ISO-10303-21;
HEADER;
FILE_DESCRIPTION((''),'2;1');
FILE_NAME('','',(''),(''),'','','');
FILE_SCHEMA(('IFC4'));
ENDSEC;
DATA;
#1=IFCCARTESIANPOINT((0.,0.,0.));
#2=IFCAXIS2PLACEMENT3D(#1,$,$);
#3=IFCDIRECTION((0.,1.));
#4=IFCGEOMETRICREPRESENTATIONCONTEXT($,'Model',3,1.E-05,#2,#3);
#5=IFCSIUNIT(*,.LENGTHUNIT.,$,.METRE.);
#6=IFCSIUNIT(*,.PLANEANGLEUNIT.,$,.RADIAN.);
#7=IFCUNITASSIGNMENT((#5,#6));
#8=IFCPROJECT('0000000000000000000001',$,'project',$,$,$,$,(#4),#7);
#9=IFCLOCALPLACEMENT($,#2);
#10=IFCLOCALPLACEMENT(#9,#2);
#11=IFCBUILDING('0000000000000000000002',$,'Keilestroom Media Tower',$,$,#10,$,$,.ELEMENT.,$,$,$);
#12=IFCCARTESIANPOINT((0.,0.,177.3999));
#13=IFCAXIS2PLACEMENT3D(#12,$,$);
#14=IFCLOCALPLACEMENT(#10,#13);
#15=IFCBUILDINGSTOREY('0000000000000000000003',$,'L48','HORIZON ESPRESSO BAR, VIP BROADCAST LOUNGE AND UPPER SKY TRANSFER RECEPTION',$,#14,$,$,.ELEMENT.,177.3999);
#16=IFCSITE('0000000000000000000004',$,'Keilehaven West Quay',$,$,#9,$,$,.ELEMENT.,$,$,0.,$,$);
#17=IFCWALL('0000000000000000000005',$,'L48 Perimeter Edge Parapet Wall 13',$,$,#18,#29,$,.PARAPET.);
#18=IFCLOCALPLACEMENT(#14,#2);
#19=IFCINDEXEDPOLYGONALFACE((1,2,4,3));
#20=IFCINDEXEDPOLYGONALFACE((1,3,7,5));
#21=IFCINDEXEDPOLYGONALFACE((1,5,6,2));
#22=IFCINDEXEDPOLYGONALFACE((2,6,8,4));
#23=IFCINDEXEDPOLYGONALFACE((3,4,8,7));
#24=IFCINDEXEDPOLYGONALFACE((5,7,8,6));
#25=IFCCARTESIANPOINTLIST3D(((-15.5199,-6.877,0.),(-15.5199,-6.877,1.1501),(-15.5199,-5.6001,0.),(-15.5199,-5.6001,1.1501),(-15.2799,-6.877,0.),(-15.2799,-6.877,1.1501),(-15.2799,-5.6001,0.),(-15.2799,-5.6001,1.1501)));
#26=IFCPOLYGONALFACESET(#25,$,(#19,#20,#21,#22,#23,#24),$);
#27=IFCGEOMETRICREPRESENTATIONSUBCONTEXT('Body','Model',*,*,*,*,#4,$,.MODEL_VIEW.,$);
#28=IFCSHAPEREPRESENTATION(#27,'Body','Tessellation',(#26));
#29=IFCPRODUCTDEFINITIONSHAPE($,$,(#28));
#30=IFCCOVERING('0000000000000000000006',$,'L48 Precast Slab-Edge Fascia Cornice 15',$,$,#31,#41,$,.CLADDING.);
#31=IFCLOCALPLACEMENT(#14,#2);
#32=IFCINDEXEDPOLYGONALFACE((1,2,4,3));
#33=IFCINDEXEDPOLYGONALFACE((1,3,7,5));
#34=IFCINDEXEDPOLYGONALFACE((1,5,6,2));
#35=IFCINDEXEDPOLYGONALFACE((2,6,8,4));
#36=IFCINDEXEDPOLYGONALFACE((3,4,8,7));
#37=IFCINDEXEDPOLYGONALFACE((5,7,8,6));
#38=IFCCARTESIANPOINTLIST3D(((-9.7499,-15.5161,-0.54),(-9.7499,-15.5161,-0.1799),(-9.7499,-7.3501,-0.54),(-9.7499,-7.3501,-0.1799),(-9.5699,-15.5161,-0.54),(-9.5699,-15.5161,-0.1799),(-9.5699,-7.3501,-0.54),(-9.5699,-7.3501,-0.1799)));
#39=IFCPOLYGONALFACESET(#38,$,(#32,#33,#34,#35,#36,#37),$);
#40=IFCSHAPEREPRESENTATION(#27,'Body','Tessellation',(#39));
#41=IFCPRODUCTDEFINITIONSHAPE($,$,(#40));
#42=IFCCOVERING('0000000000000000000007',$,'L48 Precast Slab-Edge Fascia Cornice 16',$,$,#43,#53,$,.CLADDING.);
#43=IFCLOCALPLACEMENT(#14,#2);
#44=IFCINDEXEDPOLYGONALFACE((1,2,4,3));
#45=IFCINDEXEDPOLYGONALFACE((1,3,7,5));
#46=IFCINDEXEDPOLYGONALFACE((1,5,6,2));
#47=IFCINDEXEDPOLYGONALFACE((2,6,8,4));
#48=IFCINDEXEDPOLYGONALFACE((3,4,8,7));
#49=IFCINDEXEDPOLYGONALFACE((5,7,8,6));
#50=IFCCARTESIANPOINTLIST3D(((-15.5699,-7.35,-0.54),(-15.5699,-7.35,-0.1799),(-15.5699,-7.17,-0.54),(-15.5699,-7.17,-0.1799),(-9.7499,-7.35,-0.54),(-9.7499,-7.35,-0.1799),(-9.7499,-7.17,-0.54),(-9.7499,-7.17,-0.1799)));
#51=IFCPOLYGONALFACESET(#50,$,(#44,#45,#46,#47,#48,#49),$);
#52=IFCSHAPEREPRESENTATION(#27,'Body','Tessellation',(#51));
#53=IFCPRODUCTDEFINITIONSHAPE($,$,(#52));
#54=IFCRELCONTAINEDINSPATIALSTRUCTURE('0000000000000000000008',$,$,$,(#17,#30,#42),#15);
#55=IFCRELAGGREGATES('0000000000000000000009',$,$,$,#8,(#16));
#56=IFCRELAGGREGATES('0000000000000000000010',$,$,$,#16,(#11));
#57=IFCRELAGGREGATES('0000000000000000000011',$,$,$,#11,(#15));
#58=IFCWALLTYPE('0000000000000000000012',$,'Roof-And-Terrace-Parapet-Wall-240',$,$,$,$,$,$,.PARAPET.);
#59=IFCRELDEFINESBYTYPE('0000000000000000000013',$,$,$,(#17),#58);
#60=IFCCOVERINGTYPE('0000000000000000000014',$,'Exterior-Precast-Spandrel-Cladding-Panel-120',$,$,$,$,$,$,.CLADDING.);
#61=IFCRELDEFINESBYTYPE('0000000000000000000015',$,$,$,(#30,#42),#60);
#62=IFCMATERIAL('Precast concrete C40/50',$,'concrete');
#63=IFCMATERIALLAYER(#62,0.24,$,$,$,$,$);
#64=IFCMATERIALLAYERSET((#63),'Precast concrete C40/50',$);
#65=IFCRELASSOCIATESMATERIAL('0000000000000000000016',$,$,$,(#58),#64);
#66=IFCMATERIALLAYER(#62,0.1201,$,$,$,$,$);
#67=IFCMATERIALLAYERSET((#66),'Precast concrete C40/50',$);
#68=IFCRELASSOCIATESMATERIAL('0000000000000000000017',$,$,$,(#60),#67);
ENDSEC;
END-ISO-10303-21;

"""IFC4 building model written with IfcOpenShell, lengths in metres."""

from ifc_helpers import new_model, si_unit, direction, frame, frame_2d, origin, origin_2d, place, context, subcontext, project, spatial, rectangle, extrude, source, transform, mapped, material, layer, layer_set, type_object, element, save


model = new_model("IFC4")

# Units and contexts
model_context = context("Model", 3, precision=1e-05, world=origin(), true_north=direction((0.0, 1.0)))
body_context = subcontext(model_context, "Body", "Model", "MODEL_VIEW")
ifc_project = project(units=[si_unit("LENGTHUNIT", "METRE"), si_unit("PLANEANGLEUNIT", "RADIAN")], contexts=[model_context])

# Site, building, storey
site_placement = place(None, origin())
site = spatial("IfcSite", under=ifc_project, at=site_placement, Name="Keilehaven West Quay", CompositionType="ELEMENT", RefElevation=0.0)
building_placement = place(site_placement, origin())
building = spatial("IfcBuilding", under=site, at=building_placement, Name="Keilestroom Media Tower", CompositionType="ELEMENT")
storey_placement = place(building_placement, frame((0.0, 0.0, 177.3999)))
storey = spatial("IfcBuildingStorey", under=building, at=storey_placement, Name="L48", Description="HORIZON ESPRESSO BAR, VIP BROADCAST LOUNGE AND UPPER SKY TRANSFER RECEPTION", CompositionType="ELEMENT", Elevation=177.3999)

# Shared definitions
ifc_material_1 = material(Name="Precast concrete C40/50", Category="concrete")

# Wall
ifc_layer_1 = layer(ifc_material_1, 0.24)
ifc_layer_set_1 = layer_set([ifc_layer_1], Name="Precast concrete C40/50")
wall_type_1 = type_object("IfcWallType", Name="Roof-And-Terrace-Parapet-Wall-240", PredefinedType="PARAPET", material=ifc_layer_set_1)
wall_1_placement = place(storey_placement, frame((-15.3999, -6.877, 0.0), z_axis=(0.0, 0.0, 1.0), x_axis=(0.0, 1.0, 0.0)))
element("IfcWall", 1, at=wall_1_placement, inside=storey, type_object=wall_type_1, Name="L48 Perimeter Edge Parapet Wall 13", PredefinedType="PARAPET", context=body_context, shape_type="SweptSolid", body=[
    extrude(rectangle(XDim=1.2769, YDim=0.24, at=frame_2d((0.6384, 0.0))), origin(), (0.0, 0.0, 1.0), 1.1501),
])

# Coverings
ifc_layer_2 = layer(ifc_material_1, 0.1201)
ifc_layer_set_2 = layer_set([ifc_layer_2], Name="Precast concrete C40/50")
covering_type = type_object("IfcCoveringType", Name="Exterior-Precast-Spandrel-Cladding-Panel-120", PredefinedType="CLADDING", material=ifc_layer_set_2)
shared_shape_1 = source(origin(), body_context, "Body", "SweptSolid", [
    extrude(rectangle(XDim=8.166, YDim=0.1799, at=origin_2d()), origin(), (0.0, 0.0, 1.0), 0.3601),
])
covering_1_placement = place(storey_placement, frame((-9.6599, -11.4331, -0.54), z_axis=(0.0, 0.0, 1.0), x_axis=(0.0, 1.0, 0.0)))
element("IfcCovering", 2, at=covering_1_placement, inside=storey, type_object=covering_type, Name="L48 Precast Slab-Edge Fascia Cornice 15", PredefinedType="CLADDING", context=body_context, shape_type="MappedRepresentation", body=[
    mapped(shared_shape_1, transform((0.0, 0.0, 0.0), x_axis=(1.0, 0.0, 0.0), y_axis=(0.0, 1.0, 0.0), z_axis=(0.0, 0.0, 1.0), scale=1.0)),
])
shared_shape_2 = source(origin(), body_context, "Body", "SweptSolid", [
    extrude(rectangle(XDim=5.8201, YDim=0.1799, at=origin_2d()), origin(), (0.0, 0.0, 1.0), 0.3601),
])
covering_2_placement = place(storey_placement, frame((-12.6599, -7.26, -0.54), z_axis=(0.0, 0.0, 1.0), x_axis=(-1.0, 0.0, 0.0)))
element("IfcCovering", 3, at=covering_2_placement, inside=storey, type_object=covering_type, Name="L48 Precast Slab-Edge Fascia Cornice 16", PredefinedType="CLADDING", context=body_context, shape_type="MappedRepresentation", body=[
    mapped(shared_shape_2, transform((0.0, 0.0, 0.0), x_axis=(1.0, 0.0, 0.0), y_axis=(0.0, 1.0, 0.0), z_axis=(0.0, 0.0, 1.0), scale=1.0)),
])

save(model, "model.ifc")
